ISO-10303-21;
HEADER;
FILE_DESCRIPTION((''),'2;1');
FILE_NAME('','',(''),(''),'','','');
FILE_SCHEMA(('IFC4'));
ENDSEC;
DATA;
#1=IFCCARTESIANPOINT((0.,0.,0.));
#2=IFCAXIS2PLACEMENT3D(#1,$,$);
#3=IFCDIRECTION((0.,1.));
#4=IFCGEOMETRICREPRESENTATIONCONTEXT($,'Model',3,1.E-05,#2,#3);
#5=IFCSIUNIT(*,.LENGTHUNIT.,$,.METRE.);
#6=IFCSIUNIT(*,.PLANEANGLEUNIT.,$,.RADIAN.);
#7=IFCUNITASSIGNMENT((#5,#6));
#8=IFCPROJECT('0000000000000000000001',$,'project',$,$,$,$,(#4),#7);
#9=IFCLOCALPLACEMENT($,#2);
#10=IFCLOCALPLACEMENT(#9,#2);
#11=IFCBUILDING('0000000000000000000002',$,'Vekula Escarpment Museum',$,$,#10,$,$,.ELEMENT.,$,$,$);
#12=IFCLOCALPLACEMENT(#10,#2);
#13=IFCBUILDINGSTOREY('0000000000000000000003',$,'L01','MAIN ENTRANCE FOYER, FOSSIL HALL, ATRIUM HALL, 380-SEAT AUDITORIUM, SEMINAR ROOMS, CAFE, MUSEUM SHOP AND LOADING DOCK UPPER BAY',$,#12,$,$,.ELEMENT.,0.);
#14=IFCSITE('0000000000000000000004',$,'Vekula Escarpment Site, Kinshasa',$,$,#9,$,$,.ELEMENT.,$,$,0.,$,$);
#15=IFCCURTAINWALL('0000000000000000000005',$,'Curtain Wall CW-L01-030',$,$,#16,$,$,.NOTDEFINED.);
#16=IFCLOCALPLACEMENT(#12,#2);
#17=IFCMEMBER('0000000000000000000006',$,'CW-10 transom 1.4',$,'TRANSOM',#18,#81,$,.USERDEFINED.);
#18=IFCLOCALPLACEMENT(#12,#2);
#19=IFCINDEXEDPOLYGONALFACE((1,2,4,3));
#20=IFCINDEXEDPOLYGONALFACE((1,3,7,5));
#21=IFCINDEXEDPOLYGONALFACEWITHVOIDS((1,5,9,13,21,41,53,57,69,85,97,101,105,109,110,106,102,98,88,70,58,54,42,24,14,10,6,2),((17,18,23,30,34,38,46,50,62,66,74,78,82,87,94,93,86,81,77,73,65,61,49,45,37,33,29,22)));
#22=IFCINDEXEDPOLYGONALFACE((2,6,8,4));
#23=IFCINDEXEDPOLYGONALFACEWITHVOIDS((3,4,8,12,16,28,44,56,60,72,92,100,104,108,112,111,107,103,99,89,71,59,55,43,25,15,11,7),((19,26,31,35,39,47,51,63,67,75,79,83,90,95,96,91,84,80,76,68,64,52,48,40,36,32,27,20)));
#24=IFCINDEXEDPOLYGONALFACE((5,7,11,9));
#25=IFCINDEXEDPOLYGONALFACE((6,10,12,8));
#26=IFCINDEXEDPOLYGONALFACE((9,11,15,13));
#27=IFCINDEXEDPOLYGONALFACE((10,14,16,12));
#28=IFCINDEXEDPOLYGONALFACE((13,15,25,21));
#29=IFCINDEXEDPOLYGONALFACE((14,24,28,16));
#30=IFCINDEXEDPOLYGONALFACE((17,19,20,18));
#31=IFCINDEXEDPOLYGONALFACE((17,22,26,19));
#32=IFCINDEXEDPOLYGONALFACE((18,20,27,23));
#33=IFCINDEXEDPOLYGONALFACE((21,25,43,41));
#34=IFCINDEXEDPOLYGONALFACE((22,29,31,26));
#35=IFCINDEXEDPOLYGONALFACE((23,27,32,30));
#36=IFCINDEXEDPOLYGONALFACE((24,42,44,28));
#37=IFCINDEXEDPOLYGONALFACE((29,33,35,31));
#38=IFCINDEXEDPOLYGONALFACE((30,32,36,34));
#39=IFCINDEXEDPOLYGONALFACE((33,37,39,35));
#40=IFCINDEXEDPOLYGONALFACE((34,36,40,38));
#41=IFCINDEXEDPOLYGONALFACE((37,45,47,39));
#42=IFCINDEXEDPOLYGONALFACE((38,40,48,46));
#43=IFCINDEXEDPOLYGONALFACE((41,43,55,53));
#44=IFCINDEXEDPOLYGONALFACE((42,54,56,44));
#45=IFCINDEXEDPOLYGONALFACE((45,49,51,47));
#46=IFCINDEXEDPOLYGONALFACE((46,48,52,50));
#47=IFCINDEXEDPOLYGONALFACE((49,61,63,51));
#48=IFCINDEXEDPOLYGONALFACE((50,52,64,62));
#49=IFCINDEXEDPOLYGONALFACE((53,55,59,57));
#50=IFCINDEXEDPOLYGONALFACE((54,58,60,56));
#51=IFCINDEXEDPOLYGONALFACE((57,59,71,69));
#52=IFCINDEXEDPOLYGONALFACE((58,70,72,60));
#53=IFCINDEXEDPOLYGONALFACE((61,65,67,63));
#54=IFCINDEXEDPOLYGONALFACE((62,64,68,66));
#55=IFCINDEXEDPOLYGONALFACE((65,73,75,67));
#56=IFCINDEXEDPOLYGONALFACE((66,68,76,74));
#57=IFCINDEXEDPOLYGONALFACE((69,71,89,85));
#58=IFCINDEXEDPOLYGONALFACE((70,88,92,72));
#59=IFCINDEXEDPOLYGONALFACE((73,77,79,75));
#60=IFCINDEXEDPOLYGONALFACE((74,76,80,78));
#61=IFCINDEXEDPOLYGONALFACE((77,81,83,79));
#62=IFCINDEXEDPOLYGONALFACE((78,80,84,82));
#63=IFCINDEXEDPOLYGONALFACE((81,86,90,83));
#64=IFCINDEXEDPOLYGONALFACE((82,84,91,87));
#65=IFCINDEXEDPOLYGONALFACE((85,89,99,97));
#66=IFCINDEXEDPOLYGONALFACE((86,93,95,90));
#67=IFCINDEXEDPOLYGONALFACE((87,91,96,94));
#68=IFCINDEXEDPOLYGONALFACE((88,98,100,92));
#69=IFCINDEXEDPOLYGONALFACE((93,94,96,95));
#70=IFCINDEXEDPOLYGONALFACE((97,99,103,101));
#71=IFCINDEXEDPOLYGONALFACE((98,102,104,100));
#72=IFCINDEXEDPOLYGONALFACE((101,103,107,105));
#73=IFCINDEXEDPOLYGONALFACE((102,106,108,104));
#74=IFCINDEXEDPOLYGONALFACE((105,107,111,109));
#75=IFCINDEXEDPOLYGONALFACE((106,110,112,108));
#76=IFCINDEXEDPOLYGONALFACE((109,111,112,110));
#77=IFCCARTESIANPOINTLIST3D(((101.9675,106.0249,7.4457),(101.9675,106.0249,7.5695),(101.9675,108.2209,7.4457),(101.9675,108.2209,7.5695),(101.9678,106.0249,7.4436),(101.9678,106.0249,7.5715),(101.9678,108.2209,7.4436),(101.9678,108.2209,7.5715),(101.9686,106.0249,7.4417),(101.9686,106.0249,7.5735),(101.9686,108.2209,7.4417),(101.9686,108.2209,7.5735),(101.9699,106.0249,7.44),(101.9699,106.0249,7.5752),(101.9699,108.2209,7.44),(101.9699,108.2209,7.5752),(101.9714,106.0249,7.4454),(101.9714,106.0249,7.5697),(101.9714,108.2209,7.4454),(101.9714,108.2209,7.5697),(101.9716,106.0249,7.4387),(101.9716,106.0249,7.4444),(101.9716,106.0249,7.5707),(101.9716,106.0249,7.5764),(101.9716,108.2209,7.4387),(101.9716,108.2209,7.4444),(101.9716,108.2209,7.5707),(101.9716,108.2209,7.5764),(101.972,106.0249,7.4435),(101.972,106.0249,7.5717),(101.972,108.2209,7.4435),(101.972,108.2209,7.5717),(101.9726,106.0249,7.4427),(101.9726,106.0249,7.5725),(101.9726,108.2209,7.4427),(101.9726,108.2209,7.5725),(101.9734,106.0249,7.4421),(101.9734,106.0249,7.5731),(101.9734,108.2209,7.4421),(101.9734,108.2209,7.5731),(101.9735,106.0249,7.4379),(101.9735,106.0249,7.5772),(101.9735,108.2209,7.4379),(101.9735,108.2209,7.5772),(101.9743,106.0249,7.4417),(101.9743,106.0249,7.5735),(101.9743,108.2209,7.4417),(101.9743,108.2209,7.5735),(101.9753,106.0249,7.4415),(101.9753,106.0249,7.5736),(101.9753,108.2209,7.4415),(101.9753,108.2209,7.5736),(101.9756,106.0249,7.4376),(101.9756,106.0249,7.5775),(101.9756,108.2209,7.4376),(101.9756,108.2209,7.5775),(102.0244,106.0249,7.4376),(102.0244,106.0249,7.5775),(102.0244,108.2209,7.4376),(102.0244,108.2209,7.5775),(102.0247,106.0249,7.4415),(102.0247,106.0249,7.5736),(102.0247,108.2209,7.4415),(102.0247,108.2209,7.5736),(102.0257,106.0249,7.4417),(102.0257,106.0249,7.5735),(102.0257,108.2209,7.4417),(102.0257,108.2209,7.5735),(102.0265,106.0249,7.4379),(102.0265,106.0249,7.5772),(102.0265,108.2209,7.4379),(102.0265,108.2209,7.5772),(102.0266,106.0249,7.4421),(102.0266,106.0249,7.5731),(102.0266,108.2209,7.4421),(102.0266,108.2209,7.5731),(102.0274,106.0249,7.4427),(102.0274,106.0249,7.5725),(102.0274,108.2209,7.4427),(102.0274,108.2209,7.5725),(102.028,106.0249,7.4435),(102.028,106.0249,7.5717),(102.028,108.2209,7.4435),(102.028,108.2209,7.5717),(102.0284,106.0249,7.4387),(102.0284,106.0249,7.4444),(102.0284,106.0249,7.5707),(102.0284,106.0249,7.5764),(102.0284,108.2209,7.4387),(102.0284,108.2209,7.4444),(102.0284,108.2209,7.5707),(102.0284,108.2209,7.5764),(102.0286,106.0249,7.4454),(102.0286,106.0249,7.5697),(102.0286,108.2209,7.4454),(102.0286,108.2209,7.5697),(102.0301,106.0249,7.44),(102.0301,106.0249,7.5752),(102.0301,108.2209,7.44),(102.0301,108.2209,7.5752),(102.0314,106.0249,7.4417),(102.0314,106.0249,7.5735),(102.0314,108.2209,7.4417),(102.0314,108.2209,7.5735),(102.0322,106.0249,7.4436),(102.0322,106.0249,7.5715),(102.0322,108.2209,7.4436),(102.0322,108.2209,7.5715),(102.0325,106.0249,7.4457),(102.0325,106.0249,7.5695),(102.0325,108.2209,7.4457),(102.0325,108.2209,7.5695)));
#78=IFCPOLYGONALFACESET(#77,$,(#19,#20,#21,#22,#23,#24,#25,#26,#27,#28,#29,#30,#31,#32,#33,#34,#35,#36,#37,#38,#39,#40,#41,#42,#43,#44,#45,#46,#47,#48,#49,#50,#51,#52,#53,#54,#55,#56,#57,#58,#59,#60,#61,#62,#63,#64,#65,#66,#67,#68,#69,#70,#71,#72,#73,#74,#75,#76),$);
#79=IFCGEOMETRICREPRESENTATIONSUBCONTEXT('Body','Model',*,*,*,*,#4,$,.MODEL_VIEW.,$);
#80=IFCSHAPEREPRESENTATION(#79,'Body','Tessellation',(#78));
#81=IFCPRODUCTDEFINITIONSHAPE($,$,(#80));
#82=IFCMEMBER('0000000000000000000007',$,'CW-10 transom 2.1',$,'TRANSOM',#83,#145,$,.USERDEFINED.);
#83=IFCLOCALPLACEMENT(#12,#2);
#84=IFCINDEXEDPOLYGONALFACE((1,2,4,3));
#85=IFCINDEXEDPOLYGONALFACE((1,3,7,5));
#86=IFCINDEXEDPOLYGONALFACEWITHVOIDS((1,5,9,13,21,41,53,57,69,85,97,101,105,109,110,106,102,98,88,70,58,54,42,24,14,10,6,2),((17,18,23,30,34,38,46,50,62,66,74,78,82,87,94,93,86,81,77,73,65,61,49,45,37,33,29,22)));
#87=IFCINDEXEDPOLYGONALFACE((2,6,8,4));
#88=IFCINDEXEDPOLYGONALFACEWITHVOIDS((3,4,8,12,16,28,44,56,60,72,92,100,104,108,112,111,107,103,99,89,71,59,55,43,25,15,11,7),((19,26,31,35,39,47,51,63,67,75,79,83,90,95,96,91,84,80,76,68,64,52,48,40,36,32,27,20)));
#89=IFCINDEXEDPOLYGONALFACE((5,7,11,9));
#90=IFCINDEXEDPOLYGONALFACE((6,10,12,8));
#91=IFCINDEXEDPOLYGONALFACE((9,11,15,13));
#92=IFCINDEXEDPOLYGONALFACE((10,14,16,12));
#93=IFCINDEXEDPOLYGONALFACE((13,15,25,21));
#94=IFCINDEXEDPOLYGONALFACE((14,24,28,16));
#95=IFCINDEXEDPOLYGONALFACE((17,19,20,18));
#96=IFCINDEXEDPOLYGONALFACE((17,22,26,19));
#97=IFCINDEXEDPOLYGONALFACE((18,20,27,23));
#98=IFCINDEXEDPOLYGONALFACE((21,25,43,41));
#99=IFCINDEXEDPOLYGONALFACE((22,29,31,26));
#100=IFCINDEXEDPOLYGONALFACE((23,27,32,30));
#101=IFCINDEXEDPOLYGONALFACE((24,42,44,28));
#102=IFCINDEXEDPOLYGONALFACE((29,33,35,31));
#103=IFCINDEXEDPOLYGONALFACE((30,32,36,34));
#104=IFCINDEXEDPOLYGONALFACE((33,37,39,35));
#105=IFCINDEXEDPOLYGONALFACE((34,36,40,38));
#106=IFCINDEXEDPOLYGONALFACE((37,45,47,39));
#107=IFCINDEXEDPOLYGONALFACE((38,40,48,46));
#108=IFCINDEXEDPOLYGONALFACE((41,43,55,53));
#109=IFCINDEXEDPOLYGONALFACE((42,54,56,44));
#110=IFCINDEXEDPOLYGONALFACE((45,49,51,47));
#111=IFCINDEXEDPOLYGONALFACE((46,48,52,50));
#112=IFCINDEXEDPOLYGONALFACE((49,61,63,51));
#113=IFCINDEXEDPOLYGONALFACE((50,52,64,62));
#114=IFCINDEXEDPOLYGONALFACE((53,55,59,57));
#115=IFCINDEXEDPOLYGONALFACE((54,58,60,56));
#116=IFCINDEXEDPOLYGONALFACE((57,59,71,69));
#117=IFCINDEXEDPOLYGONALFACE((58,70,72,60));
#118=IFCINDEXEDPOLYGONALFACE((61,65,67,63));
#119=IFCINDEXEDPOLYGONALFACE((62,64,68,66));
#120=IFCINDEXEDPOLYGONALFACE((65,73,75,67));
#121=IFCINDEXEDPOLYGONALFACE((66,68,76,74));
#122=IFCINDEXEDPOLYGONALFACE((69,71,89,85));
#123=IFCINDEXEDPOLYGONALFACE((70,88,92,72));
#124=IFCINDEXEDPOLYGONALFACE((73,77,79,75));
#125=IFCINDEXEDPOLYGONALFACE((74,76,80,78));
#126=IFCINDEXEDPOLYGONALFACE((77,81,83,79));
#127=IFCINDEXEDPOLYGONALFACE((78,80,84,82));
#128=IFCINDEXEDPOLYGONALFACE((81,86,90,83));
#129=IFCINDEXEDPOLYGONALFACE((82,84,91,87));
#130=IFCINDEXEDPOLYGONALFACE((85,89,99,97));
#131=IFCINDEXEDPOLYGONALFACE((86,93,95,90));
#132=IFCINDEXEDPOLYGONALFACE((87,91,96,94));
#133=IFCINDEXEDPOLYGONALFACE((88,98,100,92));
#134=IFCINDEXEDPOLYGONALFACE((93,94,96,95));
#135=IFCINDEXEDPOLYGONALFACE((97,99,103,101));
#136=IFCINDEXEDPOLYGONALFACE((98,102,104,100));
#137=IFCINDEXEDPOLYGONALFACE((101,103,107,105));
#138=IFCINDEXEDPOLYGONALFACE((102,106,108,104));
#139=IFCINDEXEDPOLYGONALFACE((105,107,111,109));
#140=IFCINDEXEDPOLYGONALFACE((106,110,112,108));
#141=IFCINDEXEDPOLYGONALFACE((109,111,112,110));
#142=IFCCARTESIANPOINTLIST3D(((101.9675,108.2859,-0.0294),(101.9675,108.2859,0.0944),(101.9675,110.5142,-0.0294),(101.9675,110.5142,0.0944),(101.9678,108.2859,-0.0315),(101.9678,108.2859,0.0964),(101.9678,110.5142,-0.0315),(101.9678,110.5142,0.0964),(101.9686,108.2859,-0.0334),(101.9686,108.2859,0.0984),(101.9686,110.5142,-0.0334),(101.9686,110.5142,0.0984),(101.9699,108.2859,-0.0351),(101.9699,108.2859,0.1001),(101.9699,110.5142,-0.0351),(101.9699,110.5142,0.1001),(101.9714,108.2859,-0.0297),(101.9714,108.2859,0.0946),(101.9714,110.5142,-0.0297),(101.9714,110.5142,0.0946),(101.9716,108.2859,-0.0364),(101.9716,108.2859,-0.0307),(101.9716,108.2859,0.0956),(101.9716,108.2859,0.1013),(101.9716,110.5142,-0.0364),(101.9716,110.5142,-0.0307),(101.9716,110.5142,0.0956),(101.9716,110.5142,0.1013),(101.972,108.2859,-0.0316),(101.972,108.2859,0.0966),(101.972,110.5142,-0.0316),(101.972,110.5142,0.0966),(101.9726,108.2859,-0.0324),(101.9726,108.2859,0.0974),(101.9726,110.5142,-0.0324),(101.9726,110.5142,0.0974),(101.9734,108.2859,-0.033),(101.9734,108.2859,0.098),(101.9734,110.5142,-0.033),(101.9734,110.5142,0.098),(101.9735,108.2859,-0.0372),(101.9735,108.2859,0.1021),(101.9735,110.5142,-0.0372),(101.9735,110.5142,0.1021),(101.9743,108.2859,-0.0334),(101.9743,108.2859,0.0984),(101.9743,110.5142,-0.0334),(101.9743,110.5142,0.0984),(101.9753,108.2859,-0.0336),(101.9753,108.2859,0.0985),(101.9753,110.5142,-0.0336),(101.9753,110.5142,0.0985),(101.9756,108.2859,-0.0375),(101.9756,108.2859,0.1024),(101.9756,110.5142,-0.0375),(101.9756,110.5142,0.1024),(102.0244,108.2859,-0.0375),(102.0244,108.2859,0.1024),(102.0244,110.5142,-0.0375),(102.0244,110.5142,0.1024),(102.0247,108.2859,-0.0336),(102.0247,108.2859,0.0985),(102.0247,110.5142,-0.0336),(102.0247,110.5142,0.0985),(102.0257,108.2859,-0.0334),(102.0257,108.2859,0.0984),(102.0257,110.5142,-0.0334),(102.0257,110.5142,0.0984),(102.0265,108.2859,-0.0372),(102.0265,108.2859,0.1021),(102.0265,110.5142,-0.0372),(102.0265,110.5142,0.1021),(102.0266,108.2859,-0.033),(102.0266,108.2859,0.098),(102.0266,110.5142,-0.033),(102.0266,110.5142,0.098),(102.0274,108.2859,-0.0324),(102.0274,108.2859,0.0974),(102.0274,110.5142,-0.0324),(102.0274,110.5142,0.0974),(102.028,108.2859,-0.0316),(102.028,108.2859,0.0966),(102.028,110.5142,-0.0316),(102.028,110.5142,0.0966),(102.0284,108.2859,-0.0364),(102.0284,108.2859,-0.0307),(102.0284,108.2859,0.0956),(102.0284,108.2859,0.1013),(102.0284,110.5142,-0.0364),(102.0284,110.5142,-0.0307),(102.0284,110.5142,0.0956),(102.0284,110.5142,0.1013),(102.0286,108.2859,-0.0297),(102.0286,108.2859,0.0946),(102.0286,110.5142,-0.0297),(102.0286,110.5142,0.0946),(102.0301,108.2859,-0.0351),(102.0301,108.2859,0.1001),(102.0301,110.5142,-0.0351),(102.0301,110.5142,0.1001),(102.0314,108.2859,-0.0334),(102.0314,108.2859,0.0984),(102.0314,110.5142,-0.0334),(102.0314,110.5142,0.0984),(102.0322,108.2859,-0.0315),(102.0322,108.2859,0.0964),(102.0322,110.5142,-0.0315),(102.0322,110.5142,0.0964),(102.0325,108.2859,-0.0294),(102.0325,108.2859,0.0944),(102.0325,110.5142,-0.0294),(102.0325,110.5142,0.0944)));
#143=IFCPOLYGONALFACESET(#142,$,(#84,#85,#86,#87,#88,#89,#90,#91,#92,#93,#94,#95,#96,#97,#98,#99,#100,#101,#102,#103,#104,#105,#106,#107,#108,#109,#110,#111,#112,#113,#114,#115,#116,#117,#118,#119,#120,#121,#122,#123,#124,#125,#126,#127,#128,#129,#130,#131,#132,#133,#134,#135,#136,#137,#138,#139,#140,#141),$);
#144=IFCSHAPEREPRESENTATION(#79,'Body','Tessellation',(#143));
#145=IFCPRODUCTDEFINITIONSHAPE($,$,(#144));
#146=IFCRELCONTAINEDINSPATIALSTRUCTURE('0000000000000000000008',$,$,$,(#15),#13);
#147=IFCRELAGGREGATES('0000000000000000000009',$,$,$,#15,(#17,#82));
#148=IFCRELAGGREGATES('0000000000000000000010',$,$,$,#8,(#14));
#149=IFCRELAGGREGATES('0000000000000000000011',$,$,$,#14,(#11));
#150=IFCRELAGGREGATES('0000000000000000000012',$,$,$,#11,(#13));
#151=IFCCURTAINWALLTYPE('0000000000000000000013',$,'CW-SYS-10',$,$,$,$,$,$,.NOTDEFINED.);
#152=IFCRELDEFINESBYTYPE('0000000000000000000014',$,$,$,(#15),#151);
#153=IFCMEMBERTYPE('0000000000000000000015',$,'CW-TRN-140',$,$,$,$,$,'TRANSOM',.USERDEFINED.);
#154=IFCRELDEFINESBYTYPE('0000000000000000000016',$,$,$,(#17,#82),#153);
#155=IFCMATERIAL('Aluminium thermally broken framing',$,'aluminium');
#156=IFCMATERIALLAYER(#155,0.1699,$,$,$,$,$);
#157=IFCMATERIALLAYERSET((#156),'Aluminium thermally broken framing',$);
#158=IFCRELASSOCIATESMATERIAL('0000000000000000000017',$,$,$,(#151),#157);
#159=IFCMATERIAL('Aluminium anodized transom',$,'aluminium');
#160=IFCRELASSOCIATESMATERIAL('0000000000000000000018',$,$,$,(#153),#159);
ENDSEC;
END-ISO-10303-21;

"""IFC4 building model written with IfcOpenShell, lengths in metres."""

from ifc_helpers import new_model, si_unit, direction, frame, origin, origin_2d, place, context, subcontext, project, spatial, hollow_rectangle, extrude, material, layer, layer_set, material_profile, profile_set, type_object, element, aggregate, save


model = new_model("IFC4")

# Units and contexts
model_context = context("Model", 3, precision=1e-05, world=origin(), true_north=direction((0.0, 1.0)))
body_context = subcontext(model_context, "Body", "Model", "MODEL_VIEW")
ifc_project = project(units=[si_unit("LENGTHUNIT", "METRE"), si_unit("PLANEANGLEUNIT", "RADIAN")], contexts=[model_context])

# Site, building, storey
site_placement = place(None, origin())
site = spatial("IfcSite", under=ifc_project, at=site_placement, Name="Vekula Escarpment Site, Kinshasa", CompositionType="ELEMENT", RefElevation=0.0)
building_placement = place(site_placement, origin())
building = spatial("IfcBuilding", under=site, at=building_placement, Name="Vekula Escarpment Museum", CompositionType="ELEMENT")
storey_placement = place(building_placement, origin())
storey = spatial("IfcBuildingStorey", under=building, at=storey_placement, Name="L01", Description="MAIN ENTRANCE FOYER, FOSSIL HALL, ATRIUM HALL, 380-SEAT AUDITORIUM, SEMINAR ROOMS, CAFE, MUSEUM SHOP AND LOADING DOCK UPPER BAY", CompositionType="ELEMENT", Elevation=0.0)

# Curtain wall
ifc_material_1 = material(Name="Aluminium thermally broken framing", Category="aluminium")
ifc_layer_1 = layer(ifc_material_1, 0.1699)
ifc_layer_set_1 = layer_set([ifc_layer_1], Name="Aluminium thermally broken framing")
curtain_wall_type_1 = type_object("IfcCurtainWallType", Name="CW-SYS-10", PredefinedType="NOTDEFINED", material=ifc_layer_set_1)
curtain_wall_1_placement = place(storey_placement, origin())
curtain_wall_1 = element("IfcCurtainWall", 1, at=curtain_wall_1_placement, inside=storey, type_object=curtain_wall_type_1, Name="Curtain Wall CW-L01-030", PredefinedType="NOTDEFINED")

# Members
ifc_material_2 = material(Name="Aluminium anodized transom", Category="aluminium")
ifc_material_profile_1 = material_profile(ifc_material_2, hollow_rectangle(XDim=0.0649, YDim=0.1399, WallThickness=0.0039, InnerFilletRadius=0.0039, OuterFilletRadius=0.0081, at=origin_2d()), Name="ALU 140x65x4")
ifc_profile_set_1 = profile_set([ifc_material_profile_1], Name="Aluminium anodized transom")
member_type_1 = type_object("IfcMemberType", Name="CW-TRN-140", ElementType="TRANSOM", PredefinedType="USERDEFINED", material=ifc_profile_set_1)
member_1_placement = place(storey_placement, frame((102.0, 106.0249, 7.5076), z_axis=(0.0, 1.0, 0.0), x_axis=(-1.0, 0.0, 0.0)))
member_1 = element("IfcMember", 2, at=member_1_placement, type_object=member_type_1, Name="CW-10 transom 1.4", ObjectType="TRANSOM", PredefinedType="USERDEFINED", context=body_context, shape_type="SweptSolid", body=[
    extrude(hollow_rectangle(XDim=0.0649, YDim=0.1399, WallThickness=0.0039, InnerFilletRadius=0.0039, OuterFilletRadius=0.0081, at=origin_2d()), origin(), (0.0, 0.0, 1.0), 2.196),
])
member_2_placement = place(storey_placement, frame((102.0, 108.2859, 0.0325), z_axis=(0.0, 1.0, 0.0), x_axis=(-1.0, 0.0, 0.0)))
member_2 = element("IfcMember", 3, at=member_2_placement, type_object=member_type_1, Name="CW-10 transom 2.1", ObjectType="TRANSOM", PredefinedType="USERDEFINED", context=body_context, shape_type="SweptSolid", body=[
    extrude(hollow_rectangle(XDim=0.0649, YDim=0.1399, WallThickness=0.0039, InnerFilletRadius=0.0039, OuterFilletRadius=0.0081, at=origin_2d()), origin(), (0.0, 0.0, 1.0), 2.2283),
])

aggregate(curtain_wall_1, [member_1, member_2])

save(model, "model.ifc")
